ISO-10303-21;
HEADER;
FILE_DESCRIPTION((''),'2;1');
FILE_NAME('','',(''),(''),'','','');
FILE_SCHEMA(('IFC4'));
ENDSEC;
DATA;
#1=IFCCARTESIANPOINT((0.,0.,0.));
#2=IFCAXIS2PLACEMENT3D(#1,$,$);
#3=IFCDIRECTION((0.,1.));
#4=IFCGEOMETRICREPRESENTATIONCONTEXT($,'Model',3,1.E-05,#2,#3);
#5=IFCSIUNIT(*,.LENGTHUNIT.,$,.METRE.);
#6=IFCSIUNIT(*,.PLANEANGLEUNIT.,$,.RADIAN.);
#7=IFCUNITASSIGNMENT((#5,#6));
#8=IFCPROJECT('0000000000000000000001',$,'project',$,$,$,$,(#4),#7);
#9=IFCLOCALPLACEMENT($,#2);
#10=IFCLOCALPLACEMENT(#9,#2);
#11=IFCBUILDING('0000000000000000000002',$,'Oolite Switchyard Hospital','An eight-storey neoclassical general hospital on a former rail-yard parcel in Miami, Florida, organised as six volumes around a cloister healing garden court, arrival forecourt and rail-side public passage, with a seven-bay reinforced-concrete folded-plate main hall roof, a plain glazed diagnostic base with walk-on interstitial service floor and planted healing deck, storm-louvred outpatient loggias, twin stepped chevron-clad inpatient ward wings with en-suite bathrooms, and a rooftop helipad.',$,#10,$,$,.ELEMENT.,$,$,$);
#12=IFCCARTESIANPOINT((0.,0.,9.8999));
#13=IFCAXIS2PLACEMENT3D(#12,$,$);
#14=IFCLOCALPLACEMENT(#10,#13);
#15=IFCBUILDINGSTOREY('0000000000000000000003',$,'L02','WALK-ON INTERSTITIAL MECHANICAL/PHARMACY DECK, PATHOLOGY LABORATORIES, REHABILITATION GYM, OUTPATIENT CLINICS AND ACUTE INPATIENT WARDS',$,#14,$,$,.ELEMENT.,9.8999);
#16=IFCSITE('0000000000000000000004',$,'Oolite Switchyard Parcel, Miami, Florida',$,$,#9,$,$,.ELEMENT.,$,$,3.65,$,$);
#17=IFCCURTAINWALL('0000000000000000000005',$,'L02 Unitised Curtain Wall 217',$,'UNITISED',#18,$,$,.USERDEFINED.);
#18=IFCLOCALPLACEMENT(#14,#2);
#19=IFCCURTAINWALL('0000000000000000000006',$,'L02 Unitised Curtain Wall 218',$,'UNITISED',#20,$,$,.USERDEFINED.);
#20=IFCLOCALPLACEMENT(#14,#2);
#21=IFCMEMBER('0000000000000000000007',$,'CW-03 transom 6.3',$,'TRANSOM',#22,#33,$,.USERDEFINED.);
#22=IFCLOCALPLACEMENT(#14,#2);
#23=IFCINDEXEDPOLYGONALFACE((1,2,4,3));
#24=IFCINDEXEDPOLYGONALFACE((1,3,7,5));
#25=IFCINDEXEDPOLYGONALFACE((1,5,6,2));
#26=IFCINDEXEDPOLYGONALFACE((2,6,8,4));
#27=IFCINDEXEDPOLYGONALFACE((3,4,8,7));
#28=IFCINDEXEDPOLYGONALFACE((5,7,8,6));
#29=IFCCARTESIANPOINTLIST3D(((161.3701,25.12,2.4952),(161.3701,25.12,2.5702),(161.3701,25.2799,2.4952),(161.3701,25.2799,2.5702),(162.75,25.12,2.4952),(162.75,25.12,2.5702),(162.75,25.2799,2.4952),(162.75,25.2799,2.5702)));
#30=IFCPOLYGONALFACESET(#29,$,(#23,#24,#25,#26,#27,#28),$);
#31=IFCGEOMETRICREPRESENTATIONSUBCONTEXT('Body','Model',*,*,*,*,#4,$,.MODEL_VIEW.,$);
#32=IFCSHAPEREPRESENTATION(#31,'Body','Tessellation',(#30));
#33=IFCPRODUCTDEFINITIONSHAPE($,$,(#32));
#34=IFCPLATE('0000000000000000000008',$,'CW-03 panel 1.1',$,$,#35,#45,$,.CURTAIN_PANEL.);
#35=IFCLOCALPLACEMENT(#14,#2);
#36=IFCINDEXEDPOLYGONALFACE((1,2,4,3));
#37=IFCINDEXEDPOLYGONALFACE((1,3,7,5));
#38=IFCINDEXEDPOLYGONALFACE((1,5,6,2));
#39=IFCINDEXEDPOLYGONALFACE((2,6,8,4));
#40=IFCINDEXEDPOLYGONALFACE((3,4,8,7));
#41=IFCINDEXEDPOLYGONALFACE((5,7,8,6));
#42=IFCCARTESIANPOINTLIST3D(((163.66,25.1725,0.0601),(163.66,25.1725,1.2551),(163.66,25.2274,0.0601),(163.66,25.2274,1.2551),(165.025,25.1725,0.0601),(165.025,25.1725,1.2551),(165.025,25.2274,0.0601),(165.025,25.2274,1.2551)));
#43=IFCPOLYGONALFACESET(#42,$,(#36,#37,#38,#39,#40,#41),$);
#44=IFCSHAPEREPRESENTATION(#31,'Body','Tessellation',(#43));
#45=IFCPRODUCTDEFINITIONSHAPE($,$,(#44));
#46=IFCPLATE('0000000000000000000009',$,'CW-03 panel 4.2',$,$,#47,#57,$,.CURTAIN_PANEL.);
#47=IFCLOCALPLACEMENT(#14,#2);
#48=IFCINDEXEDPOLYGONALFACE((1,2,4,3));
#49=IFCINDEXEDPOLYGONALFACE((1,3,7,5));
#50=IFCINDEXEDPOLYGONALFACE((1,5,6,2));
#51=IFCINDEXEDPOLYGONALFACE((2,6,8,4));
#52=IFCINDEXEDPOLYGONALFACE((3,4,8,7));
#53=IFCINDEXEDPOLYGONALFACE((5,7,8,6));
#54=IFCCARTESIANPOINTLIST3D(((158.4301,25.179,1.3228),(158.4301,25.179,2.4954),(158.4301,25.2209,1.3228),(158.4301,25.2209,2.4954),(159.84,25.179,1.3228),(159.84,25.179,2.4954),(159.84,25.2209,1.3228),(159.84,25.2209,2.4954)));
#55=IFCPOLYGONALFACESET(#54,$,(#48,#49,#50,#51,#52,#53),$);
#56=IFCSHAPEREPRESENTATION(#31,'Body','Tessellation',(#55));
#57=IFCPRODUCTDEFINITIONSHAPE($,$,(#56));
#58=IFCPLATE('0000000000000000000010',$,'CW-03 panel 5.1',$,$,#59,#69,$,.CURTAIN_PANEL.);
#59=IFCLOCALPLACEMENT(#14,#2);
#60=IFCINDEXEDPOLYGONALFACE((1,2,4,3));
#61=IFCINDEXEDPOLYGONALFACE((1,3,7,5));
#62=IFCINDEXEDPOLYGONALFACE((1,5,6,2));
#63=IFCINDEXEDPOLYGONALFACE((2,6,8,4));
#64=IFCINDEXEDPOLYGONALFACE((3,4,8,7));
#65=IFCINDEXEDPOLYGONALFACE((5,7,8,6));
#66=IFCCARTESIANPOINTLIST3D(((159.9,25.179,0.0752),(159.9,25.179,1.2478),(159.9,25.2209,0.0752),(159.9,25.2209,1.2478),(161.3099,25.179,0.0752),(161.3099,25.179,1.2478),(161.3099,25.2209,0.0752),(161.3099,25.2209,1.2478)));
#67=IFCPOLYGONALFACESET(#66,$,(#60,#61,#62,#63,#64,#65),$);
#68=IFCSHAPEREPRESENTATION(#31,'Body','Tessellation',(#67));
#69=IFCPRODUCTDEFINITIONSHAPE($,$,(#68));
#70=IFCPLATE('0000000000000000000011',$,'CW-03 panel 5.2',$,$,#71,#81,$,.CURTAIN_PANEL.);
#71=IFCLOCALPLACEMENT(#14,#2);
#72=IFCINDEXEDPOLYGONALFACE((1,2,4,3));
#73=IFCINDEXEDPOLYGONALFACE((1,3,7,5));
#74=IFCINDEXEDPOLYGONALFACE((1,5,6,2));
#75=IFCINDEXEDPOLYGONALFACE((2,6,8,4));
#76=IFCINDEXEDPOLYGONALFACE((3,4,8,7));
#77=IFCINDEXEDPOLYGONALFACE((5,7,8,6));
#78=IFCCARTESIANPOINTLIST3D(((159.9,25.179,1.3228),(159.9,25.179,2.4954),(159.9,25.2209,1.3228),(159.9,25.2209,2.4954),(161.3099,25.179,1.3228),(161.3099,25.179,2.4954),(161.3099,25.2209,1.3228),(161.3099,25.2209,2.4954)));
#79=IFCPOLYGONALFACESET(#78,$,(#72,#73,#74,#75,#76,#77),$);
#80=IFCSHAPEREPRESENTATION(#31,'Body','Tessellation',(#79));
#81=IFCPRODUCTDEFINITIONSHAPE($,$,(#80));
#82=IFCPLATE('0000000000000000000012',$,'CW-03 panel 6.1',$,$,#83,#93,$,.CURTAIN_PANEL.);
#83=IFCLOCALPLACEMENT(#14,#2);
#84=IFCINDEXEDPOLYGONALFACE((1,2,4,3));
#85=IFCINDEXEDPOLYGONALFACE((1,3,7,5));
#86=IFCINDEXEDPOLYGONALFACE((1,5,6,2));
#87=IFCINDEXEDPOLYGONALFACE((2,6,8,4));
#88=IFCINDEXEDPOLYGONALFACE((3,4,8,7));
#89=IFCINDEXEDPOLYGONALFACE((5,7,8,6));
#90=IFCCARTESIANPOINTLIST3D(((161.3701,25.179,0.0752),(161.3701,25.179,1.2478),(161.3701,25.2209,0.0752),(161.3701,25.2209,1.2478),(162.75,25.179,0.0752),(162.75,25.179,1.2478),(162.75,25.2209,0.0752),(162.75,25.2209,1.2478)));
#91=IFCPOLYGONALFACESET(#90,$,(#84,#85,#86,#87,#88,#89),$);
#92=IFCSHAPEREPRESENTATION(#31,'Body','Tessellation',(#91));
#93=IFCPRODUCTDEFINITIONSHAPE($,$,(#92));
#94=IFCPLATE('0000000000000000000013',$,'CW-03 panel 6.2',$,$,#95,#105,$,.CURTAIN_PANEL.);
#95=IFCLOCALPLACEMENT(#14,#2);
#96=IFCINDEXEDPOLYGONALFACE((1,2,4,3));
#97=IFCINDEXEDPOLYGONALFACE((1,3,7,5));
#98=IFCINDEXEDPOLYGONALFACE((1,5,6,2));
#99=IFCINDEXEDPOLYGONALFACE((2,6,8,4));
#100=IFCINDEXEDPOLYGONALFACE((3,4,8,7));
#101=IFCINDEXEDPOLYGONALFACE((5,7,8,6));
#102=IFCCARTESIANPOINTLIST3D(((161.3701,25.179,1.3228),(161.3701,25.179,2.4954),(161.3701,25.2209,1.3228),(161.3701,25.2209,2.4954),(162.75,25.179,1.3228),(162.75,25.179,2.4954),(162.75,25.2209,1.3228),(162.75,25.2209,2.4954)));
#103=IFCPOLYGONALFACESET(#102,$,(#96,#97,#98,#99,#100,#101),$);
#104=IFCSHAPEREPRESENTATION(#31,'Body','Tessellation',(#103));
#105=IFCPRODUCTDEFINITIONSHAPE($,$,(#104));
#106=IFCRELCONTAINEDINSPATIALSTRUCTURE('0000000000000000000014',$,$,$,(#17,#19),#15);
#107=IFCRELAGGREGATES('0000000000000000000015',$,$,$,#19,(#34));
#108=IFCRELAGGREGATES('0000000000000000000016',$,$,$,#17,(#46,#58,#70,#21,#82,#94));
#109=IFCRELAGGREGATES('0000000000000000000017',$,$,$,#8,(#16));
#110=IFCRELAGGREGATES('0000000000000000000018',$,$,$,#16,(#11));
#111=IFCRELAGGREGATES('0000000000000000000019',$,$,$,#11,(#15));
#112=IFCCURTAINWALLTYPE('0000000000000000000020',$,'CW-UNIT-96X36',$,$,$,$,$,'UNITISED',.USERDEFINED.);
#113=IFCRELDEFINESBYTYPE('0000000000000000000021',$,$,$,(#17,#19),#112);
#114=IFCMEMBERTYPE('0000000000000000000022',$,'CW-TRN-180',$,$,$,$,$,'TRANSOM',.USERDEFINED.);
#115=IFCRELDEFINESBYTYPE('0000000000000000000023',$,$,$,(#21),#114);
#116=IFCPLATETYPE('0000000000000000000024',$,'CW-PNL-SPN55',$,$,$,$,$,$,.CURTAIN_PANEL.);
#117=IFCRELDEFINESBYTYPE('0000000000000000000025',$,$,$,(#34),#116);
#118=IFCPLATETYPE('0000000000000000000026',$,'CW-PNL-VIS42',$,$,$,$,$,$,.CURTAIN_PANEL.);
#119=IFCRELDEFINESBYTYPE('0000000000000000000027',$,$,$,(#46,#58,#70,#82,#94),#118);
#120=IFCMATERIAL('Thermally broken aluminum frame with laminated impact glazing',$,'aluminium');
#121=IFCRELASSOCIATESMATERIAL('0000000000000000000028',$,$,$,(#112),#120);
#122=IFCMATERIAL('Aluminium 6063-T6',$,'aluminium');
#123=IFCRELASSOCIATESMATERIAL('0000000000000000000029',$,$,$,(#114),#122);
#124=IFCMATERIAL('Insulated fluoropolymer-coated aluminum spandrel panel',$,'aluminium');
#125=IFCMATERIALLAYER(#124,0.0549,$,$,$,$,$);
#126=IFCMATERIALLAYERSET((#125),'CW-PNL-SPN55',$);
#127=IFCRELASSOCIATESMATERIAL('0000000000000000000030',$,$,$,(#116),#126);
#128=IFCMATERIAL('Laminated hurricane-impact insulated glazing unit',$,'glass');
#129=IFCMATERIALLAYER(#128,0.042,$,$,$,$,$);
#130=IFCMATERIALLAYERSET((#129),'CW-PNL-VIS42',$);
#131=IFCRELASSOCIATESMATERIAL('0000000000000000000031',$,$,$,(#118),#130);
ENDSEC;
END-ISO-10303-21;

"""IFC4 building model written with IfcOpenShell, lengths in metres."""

from ifc_helpers import new_model, si_unit, direction, frame, origin, origin_2d, place, context, subcontext, project, spatial, rectangle, extrude, material, layer, layer_set, material_profile, profile_set, type_object, element, aggregate, save


model = new_model("IFC4")

# Units and contexts
model_context = context("Model", 3, precision=1e-05, world=origin(), true_north=direction((0.0, 1.0)))
body_context = subcontext(model_context, "Body", "Model", "MODEL_VIEW")
ifc_project = project(units=[si_unit("LENGTHUNIT", "METRE"), si_unit("PLANEANGLEUNIT", "RADIAN")], contexts=[model_context])

# Site, building, storey
site_placement = place(None, origin())
site = spatial("IfcSite", under=ifc_project, at=site_placement, Name="Oolite Switchyard Parcel, Miami, Florida", CompositionType="ELEMENT", RefElevation=3.65)
building_placement = place(site_placement, origin())
building = spatial("IfcBuilding", under=site, at=building_placement, Name="Oolite Switchyard Hospital", Description="An eight-storey neoclassical general hospital on a former rail-yard parcel in Miami, Florida, organised as six volumes around a cloister healing garden court, arrival forecourt and rail-side public passage, with a seven-bay reinforced-concrete folded-plate main hall roof, a plain glazed diagnostic base with walk-on interstitial service floor and planted healing deck, storm-louvred outpatient loggias, twin stepped chevron-clad inpatient ward wings with en-suite bathrooms, and a rooftop helipad.", CompositionType="ELEMENT")
storey_placement = place(building_placement, frame((0.0, 0.0, 9.8999)))
storey = spatial("IfcBuildingStorey", under=building, at=storey_placement, Name="L02", Description="WALK-ON INTERSTITIAL MECHANICAL/PHARMACY DECK, PATHOLOGY LABORATORIES, REHABILITATION GYM, OUTPATIENT CLINICS AND ACUTE INPATIENT WARDS", CompositionType="ELEMENT", Elevation=9.8999)

# Curtain walls
ifc_material_1 = material(Name="Thermally broken aluminum frame with laminated impact glazing", Category="aluminium")
curtain_wall_type = type_object("IfcCurtainWallType", Name="CW-UNIT-96X36", ElementType="UNITISED", PredefinedType="USERDEFINED", material=ifc_material_1)
curtain_wall_1_placement = place(storey_placement, origin())
curtain_wall_1 = element("IfcCurtainWall", 1, at=curtain_wall_1_placement, inside=storey, type_object=curtain_wall_type, Name="L02 Unitised Curtain Wall 217", ObjectType="UNITISED", PredefinedType="USERDEFINED")
ifc_material_2 = material(Name="Aluminium 6063-T6", Category="aluminium")
curtain_wall_2_placement = place(storey_placement, origin())
curtain_wall_2 = element("IfcCurtainWall", 2, at=curtain_wall_2_placement, inside=storey, type_object=curtain_wall_type, Name="L02 Unitised Curtain Wall 218", ObjectType="UNITISED", PredefinedType="USERDEFINED")

# Member
ifc_material_profile_1 = material_profile(ifc_material_2, rectangle(XDim=0.1599, YDim=0.075, at=origin_2d()), Name="CWT75X160")
ifc_profile_set_1 = profile_set([ifc_material_profile_1], Name="Aluminium 6063-T6")
member_type_1 = type_object("IfcMemberType", Name="CW-TRN-180", ElementType="TRANSOM", PredefinedType="USERDEFINED", material=ifc_profile_set_1)
member_1_placement = place(storey_placement, frame((161.3701, 25.2, 2.5327), z_axis=(1.0, 0.0, 0.0), x_axis=(0.0, 1.0, 0.0)))
member_1 = element("IfcMember", 3, at=member_1_placement, type_object=member_type_1, Name="CW-03 transom 6.3", ObjectType="TRANSOM", PredefinedType="USERDEFINED", context=body_context, shape_type="SweptSolid", body=[
    extrude(rectangle(XDim=0.1599, YDim=0.075, at=origin_2d()), origin(), (0.0, 0.0, 1.0), 1.3799),
])

# Plates
ifc_material_3 = material(Name="Insulated fluoropolymer-coated aluminum spandrel panel", Category="aluminium")
ifc_layer_1 = layer(ifc_material_3, 0.0549)
ifc_layer_set_1 = layer_set([ifc_layer_1], Name="CW-PNL-SPN55")
plate_type_1 = type_object("IfcPlateType", Name="CW-PNL-SPN55", PredefinedType="CURTAIN_PANEL", material=ifc_layer_set_1)
plate_1_placement = place(storey_placement, frame((164.3425, 25.2, 0.0601), z_axis=(0.0, 0.0, 1.0), x_axis=(1.0, 0.0, 0.0)))
plate_1 = element("IfcPlate", 4, at=plate_1_placement, type_object=plate_type_1, Name="CW-03 panel 1.1", PredefinedType="CURTAIN_PANEL", context=body_context, shape_type="SweptSolid", body=[
    extrude(rectangle(XDim=1.365, YDim=0.0549, at=origin_2d()), origin(), (0.0, 0.0, 1.0), 1.1951),
])
aggregate(curtain_wall_2, [plate_1])
ifc_material_4 = material(Name="Laminated hurricane-impact insulated glazing unit", Category="glass")
ifc_layer_2 = layer(ifc_material_4, 0.042)
ifc_layer_set_2 = layer_set([ifc_layer_2], Name="CW-PNL-VIS42")
plate_type_2 = type_object("IfcPlateType", Name="CW-PNL-VIS42", PredefinedType="CURTAIN_PANEL", material=ifc_layer_set_2)
plate_2_placement = place(storey_placement, frame((159.135, 25.2, 1.3228), z_axis=(0.0, 0.0, 1.0), x_axis=(1.0, 0.0, 0.0)))
plate_2 = element("IfcPlate", 5, at=plate_2_placement, type_object=plate_type_2, Name="CW-03 panel 4.2", PredefinedType="CURTAIN_PANEL", context=body_context, shape_type="SweptSolid", body=[
    extrude(rectangle(XDim=1.4099, YDim=0.042, at=origin_2d()), origin(), (0.0, 0.0, 1.0), 1.1726),
])
plate_3_placement = place(storey_placement, frame((160.605, 25.2, 0.0752), z_axis=(0.0, 0.0, 1.0), x_axis=(1.0, 0.0, 0.0)))
plate_3 = element("IfcPlate", 6, at=plate_3_placement, type_object=plate_type_2, Name="CW-03 panel 5.1", PredefinedType="CURTAIN_PANEL", context=body_context, shape_type="SweptSolid", body=[
    extrude(rectangle(XDim=1.4099, YDim=0.042, at=origin_2d()), origin(), (0.0, 0.0, 1.0), 1.1726),
])
plate_4_placement = place(storey_placement, frame((160.605, 25.2, 1.3228), z_axis=(0.0, 0.0, 1.0), x_axis=(1.0, 0.0, 0.0)))
plate_4 = element("IfcPlate", 7, at=plate_4_placement, type_object=plate_type_2, Name="CW-03 panel 5.2", PredefinedType="CURTAIN_PANEL", context=body_context, shape_type="SweptSolid", body=[
    extrude(rectangle(XDim=1.4099, YDim=0.042, at=origin_2d()), origin(), (0.0, 0.0, 1.0), 1.1726),
])
plate_5_placement = place(storey_placement, frame((162.0601, 25.2, 0.0752), z_axis=(0.0, 0.0, 1.0), x_axis=(1.0, 0.0, 0.0)))
plate_5 = element("IfcPlate", 8, at=plate_5_placement, type_object=plate_type_2, Name="CW-03 panel 6.1", PredefinedType="CURTAIN_PANEL", context=body_context, shape_type="SweptSolid", body=[
    extrude(rectangle(XDim=1.3799, YDim=0.042, at=origin_2d()), origin(), (0.0, 0.0, 1.0), 1.1726),
])
plate_6_placement = place(storey_placement, frame((162.0601, 25.2, 1.3228), z_axis=(0.0, 0.0, 1.0), x_axis=(1.0, 0.0, 0.0)))
plate_6 = element("IfcPlate", 9, at=plate_6_placement, type_object=plate_type_2, Name="CW-03 panel 6.2", PredefinedType="CURTAIN_PANEL", context=body_context, shape_type="SweptSolid", body=[
    extrude(rectangle(XDim=1.3799, YDim=0.042, at=origin_2d()), origin(), (0.0, 0.0, 1.0), 1.1726),
])
aggregate(curtain_wall_1, [plate_2, plate_3, plate_4, member_1, plate_5, plate_6])

save(model, "model.ifc")
